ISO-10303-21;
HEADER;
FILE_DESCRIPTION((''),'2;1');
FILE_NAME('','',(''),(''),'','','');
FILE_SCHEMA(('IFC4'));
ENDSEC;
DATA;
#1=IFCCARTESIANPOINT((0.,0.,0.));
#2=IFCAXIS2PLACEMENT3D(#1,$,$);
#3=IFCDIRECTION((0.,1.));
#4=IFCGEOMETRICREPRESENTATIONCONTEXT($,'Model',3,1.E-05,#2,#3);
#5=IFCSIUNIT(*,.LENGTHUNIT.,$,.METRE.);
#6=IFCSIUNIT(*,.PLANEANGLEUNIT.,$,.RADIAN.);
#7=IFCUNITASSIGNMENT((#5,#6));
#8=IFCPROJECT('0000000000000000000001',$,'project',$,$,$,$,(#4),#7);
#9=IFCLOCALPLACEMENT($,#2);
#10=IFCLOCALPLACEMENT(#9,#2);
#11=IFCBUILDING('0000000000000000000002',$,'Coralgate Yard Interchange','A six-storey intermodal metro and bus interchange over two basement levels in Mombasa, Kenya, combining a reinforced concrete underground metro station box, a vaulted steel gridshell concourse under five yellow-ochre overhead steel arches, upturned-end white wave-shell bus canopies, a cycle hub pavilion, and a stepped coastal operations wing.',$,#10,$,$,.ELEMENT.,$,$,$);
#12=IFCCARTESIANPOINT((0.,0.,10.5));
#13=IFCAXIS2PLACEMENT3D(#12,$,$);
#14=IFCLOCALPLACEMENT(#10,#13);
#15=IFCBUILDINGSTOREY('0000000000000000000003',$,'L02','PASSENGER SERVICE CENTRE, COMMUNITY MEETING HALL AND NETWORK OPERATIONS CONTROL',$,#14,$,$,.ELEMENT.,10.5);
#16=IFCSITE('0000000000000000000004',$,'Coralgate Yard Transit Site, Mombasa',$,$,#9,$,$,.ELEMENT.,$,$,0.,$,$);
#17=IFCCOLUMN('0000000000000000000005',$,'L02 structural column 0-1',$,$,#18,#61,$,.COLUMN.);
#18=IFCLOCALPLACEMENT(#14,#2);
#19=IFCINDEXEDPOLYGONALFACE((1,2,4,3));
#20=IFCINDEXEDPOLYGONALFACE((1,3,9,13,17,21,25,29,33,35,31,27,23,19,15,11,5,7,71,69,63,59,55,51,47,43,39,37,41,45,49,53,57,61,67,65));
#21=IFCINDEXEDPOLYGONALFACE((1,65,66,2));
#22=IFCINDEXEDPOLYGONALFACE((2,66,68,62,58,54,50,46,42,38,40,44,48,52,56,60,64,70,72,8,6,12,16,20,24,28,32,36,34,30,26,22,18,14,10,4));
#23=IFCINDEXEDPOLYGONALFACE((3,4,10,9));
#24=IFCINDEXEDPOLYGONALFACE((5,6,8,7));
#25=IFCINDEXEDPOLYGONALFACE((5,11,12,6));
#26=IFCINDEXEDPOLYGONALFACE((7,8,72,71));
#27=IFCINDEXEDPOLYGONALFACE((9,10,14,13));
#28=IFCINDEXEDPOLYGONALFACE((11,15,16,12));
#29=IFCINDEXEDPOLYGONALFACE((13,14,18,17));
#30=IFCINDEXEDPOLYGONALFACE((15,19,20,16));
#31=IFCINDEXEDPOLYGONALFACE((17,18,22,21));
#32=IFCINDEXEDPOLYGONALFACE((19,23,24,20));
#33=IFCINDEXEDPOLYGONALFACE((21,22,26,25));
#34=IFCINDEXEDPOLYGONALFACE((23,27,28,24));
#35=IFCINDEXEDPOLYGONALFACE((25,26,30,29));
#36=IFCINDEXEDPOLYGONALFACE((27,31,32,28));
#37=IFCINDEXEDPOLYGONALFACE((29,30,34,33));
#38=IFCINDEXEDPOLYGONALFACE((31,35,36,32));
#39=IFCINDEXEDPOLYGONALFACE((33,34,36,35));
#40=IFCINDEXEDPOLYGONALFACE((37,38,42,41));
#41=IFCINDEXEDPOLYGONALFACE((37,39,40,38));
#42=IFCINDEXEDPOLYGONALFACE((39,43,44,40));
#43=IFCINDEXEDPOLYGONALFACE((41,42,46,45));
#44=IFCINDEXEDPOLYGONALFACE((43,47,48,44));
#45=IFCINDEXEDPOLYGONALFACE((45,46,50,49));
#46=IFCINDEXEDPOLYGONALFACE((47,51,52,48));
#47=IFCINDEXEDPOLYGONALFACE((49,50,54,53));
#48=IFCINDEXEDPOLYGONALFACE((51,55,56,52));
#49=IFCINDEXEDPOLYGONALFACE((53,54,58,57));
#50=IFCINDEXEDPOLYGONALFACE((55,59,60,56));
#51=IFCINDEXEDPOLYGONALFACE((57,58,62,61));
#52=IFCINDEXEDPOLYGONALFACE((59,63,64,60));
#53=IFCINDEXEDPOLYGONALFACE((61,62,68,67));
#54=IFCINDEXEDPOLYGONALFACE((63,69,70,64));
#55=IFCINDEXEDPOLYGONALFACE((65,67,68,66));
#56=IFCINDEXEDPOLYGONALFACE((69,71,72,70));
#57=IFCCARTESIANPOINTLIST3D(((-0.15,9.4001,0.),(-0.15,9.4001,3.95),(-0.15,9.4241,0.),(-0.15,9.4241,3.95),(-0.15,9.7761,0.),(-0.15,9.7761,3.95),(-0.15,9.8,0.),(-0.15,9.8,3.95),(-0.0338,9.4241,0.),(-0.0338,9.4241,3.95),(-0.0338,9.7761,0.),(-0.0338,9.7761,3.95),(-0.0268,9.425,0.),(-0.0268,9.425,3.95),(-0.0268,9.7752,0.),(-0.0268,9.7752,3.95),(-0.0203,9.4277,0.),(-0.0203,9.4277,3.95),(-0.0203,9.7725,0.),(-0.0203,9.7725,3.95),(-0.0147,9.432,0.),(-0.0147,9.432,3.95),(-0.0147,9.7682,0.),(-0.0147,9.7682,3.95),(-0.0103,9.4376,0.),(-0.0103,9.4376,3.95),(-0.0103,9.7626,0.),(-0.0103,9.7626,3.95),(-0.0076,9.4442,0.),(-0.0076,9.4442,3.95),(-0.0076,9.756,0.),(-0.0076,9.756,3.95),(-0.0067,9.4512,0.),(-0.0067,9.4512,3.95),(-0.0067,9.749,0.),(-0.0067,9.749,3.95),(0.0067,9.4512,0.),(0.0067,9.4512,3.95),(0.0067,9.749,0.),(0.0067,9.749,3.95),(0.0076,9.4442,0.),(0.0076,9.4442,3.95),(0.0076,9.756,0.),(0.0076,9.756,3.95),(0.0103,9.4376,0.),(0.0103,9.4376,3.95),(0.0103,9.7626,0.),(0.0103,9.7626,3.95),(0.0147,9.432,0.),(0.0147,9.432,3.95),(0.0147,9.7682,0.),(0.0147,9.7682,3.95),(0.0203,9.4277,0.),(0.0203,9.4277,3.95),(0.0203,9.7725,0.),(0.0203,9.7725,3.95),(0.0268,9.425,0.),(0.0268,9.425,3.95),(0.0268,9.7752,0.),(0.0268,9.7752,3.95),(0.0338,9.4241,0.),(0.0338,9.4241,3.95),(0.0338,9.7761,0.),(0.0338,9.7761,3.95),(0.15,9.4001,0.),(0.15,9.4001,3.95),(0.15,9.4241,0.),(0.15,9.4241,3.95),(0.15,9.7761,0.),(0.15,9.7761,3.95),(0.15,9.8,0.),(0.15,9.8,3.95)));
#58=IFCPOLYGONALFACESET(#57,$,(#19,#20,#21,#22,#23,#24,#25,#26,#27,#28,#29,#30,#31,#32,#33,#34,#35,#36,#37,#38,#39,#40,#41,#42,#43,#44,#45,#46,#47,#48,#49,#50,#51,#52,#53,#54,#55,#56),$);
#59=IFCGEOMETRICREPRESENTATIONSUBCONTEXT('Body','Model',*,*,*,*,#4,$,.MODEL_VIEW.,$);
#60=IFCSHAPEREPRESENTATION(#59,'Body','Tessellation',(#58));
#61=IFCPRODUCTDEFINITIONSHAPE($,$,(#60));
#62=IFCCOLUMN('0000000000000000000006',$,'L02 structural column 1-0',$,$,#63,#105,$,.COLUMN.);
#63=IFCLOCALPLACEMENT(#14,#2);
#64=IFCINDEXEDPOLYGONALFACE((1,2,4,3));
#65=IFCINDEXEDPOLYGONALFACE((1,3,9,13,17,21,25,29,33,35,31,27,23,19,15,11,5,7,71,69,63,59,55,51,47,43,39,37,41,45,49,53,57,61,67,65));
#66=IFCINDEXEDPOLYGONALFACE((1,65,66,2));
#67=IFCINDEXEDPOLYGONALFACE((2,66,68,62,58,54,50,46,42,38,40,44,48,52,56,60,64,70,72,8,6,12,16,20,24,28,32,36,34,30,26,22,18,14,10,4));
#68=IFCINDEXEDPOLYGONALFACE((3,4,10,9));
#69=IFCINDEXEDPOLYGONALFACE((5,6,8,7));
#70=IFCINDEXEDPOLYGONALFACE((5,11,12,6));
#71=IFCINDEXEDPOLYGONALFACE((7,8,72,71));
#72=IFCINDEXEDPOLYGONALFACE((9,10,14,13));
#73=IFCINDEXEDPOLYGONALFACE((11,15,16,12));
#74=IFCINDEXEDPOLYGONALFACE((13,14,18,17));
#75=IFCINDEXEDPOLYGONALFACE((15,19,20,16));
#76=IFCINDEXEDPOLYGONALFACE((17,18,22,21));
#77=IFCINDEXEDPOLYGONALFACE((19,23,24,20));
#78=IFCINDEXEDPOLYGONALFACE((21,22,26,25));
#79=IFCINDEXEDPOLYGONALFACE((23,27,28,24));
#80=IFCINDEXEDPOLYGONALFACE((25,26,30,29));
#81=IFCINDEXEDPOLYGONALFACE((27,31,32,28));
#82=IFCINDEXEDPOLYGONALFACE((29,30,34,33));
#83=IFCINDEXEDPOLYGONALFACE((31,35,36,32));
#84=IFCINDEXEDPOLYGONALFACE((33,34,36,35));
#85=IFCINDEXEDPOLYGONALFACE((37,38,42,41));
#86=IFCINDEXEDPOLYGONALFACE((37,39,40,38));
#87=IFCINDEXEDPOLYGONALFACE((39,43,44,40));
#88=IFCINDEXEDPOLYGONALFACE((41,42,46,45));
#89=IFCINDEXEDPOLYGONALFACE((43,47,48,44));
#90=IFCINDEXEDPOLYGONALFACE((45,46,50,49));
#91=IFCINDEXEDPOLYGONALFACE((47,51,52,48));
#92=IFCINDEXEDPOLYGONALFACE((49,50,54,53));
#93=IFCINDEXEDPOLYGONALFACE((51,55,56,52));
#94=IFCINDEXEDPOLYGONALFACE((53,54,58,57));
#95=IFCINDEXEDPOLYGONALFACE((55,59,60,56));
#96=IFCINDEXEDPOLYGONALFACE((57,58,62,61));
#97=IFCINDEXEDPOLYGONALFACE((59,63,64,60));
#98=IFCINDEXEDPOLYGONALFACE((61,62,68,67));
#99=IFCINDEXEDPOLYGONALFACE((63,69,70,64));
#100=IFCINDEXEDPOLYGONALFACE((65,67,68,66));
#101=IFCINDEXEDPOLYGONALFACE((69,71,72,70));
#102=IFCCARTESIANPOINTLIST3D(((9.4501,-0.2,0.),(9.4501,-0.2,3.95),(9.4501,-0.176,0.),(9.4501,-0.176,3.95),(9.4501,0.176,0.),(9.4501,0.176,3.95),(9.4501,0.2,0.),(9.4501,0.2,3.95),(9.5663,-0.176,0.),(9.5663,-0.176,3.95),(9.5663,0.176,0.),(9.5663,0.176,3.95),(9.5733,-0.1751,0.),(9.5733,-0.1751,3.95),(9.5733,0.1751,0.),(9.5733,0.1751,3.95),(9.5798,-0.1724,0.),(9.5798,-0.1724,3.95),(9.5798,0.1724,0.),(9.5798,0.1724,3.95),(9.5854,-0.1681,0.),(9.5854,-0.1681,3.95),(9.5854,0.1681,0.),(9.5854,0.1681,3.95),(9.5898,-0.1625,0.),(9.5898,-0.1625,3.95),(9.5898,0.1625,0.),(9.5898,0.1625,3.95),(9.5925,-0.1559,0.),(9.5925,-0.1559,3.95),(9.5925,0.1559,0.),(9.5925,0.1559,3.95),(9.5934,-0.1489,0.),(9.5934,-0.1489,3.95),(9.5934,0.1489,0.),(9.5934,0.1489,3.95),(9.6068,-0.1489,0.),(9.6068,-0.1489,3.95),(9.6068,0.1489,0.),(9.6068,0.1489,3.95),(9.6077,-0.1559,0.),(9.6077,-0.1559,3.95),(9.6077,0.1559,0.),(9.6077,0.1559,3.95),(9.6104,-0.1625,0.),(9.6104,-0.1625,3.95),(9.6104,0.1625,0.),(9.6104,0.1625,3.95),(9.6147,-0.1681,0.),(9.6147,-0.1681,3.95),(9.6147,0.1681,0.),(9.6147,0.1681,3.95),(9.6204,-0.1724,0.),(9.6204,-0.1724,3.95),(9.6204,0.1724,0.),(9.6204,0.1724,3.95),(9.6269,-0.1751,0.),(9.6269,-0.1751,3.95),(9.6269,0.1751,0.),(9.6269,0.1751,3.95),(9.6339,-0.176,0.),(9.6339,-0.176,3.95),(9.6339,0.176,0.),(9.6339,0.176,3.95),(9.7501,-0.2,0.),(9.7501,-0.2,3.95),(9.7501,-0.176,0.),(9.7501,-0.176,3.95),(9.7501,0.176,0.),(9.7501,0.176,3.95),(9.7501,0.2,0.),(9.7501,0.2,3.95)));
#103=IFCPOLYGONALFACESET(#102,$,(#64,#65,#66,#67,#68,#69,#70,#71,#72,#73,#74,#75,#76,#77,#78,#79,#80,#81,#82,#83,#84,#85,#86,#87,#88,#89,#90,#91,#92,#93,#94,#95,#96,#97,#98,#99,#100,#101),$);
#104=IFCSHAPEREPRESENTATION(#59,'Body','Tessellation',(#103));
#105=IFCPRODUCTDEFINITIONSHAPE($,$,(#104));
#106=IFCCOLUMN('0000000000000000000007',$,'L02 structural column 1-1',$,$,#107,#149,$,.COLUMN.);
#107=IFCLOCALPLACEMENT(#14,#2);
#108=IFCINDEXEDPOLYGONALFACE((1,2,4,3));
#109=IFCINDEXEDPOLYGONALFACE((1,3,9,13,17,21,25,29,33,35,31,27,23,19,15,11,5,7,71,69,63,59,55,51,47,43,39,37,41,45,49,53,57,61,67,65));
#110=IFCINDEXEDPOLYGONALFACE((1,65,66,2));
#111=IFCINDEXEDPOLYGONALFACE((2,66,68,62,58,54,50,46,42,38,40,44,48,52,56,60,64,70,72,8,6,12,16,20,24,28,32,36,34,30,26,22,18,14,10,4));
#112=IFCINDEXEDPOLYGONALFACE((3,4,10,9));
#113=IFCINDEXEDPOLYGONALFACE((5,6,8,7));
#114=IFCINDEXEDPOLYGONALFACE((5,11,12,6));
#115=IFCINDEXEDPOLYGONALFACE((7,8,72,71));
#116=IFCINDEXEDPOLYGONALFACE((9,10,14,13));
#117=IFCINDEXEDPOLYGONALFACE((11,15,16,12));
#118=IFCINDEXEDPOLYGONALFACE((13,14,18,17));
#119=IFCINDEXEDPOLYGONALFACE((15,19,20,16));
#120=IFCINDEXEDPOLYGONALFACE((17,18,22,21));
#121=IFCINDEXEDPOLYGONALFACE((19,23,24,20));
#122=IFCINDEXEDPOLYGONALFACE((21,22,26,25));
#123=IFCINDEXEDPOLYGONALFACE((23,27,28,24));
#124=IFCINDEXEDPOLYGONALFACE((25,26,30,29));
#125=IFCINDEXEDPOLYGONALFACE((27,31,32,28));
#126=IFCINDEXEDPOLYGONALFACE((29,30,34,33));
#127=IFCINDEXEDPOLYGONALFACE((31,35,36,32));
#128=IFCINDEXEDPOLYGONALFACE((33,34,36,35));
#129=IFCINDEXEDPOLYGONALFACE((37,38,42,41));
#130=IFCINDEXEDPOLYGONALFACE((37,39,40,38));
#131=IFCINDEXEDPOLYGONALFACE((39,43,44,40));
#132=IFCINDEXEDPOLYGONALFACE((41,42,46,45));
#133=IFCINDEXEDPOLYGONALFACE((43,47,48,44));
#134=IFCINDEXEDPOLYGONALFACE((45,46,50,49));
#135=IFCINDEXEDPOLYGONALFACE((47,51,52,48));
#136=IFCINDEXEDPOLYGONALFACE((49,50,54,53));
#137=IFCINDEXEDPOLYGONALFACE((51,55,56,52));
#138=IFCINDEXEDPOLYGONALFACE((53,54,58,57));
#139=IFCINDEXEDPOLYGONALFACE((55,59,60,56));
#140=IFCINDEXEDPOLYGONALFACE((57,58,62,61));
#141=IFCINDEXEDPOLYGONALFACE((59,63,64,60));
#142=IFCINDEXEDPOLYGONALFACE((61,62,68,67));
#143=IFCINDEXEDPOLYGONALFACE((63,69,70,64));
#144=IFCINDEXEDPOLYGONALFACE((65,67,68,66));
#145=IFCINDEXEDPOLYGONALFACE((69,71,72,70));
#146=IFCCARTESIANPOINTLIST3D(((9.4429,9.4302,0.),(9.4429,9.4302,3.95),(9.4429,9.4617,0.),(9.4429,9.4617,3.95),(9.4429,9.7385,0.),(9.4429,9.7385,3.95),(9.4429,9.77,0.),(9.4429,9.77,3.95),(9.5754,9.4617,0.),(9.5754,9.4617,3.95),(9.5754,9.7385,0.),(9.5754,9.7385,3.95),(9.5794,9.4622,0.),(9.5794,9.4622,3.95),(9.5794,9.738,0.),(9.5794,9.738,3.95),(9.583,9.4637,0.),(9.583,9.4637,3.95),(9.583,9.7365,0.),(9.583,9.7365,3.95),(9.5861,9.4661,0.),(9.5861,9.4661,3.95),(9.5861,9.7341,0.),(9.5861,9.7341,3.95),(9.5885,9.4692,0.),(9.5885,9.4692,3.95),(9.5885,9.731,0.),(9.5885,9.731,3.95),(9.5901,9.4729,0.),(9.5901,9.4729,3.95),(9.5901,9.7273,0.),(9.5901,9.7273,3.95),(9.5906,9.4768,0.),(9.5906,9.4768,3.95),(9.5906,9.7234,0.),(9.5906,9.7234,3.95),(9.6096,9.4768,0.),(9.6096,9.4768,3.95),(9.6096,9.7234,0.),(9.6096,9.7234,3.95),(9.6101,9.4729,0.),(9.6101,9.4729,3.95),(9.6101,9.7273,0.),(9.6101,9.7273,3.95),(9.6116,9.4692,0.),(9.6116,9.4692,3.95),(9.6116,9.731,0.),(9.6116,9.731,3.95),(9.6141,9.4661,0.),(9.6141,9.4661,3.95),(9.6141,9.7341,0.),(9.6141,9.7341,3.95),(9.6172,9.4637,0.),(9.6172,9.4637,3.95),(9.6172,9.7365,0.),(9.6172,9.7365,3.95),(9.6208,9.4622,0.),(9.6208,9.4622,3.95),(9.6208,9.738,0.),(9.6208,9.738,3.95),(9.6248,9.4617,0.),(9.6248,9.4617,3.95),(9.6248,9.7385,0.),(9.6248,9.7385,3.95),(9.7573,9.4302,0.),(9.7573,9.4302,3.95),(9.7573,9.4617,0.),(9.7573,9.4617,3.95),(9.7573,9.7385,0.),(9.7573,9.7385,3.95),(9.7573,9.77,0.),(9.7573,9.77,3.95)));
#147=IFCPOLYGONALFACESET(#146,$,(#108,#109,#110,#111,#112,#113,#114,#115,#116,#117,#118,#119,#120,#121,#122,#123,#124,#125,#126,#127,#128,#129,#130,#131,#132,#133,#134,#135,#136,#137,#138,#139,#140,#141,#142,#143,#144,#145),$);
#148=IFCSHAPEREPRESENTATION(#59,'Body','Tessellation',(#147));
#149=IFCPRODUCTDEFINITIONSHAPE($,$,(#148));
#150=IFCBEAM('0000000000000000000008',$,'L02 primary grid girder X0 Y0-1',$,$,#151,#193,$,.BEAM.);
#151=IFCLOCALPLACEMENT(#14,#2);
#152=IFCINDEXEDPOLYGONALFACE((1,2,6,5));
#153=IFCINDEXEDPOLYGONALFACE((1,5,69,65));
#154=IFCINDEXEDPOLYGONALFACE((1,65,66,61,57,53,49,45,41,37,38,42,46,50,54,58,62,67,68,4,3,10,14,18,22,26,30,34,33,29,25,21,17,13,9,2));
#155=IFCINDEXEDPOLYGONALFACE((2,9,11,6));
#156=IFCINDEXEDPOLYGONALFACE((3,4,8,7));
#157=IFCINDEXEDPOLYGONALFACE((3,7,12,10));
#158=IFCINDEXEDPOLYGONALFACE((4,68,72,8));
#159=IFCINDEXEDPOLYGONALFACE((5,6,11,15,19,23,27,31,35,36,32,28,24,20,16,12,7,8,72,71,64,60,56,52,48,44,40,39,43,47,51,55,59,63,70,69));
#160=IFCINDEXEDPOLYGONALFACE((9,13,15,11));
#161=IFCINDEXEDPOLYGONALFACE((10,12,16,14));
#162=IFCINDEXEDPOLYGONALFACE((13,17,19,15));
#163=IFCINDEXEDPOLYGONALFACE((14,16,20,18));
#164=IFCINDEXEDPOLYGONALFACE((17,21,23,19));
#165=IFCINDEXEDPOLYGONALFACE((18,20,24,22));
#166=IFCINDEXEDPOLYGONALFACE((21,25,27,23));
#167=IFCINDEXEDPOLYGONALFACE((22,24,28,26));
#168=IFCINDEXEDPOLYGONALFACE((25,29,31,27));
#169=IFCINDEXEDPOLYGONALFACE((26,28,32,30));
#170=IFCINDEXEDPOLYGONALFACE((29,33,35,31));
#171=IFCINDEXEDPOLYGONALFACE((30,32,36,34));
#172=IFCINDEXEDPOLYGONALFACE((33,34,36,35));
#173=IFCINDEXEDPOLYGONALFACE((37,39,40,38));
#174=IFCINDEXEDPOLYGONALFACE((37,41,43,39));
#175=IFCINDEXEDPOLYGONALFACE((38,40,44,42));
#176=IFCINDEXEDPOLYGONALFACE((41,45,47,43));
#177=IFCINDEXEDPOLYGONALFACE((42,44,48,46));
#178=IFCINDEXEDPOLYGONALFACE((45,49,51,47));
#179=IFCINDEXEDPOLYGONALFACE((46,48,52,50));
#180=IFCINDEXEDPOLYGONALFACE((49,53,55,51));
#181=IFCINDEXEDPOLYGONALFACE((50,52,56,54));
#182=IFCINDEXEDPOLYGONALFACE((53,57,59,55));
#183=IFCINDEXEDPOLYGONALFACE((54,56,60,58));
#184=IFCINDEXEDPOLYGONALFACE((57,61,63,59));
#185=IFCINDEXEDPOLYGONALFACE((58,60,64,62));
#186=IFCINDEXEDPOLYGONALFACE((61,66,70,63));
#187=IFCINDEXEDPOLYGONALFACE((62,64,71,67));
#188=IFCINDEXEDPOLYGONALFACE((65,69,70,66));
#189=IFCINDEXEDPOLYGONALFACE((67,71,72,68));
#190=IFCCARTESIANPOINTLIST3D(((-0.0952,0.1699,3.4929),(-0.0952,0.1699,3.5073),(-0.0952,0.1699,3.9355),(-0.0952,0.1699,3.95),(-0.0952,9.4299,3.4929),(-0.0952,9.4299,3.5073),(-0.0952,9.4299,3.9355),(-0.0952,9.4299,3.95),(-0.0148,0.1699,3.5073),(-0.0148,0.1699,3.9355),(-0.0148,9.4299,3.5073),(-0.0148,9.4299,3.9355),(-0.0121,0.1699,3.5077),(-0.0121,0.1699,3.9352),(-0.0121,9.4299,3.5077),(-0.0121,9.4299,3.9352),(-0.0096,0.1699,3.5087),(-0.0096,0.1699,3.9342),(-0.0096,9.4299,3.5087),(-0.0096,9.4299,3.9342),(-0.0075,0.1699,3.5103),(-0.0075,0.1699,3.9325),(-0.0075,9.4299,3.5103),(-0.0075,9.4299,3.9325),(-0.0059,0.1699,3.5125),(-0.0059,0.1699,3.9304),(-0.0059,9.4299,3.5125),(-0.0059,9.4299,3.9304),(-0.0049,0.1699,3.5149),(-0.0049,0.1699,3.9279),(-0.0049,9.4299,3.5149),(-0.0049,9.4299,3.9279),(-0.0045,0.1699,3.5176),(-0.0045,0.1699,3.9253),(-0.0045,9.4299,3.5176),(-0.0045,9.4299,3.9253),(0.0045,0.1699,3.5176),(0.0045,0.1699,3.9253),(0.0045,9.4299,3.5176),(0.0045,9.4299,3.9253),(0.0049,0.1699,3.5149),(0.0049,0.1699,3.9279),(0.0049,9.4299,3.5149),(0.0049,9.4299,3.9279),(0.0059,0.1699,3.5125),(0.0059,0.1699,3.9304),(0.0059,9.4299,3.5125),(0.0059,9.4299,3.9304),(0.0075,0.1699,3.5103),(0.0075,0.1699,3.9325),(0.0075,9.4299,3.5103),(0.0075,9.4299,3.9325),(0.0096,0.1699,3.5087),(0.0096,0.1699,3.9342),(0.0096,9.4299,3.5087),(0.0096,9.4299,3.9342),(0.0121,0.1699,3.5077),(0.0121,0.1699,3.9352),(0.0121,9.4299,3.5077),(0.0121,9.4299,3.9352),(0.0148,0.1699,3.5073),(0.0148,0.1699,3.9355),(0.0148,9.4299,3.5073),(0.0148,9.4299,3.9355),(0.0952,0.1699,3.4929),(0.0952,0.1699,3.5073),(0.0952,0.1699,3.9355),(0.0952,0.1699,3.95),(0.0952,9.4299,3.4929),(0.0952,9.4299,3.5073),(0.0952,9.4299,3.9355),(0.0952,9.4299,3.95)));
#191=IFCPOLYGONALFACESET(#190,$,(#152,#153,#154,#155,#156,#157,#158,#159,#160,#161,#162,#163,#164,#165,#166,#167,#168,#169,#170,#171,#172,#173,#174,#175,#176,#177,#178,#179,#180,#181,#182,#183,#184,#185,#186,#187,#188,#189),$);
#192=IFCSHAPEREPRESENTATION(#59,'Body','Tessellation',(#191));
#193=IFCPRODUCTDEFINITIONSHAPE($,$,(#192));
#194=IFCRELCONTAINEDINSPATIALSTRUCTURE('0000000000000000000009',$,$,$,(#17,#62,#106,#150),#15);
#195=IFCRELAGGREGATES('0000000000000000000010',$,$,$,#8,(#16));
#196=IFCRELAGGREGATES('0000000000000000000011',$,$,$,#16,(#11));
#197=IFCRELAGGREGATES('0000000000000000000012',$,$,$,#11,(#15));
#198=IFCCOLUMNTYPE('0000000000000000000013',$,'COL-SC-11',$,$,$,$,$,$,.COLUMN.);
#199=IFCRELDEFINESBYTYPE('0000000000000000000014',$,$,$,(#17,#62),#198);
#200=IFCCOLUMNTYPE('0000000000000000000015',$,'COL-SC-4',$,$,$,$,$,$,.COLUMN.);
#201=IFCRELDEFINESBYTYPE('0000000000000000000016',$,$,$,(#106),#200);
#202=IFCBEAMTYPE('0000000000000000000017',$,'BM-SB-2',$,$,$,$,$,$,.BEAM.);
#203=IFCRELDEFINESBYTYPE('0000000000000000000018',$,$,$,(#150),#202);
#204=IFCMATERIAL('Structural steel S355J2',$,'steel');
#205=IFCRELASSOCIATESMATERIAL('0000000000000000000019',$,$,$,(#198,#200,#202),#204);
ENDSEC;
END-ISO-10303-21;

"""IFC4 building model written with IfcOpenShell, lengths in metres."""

from ifc_helpers import new_model, si_unit, direction, frame, origin, origin_2d, place, context, subcontext, project, spatial, i_section, extrude, material, material_profile, profile_set, type_object, element, save


model = new_model("IFC4")

# Units and contexts
model_context = context("Model", 3, precision=1e-05, world=origin(), true_north=direction((0.0, 1.0)))
body_context = subcontext(model_context, "Body", "Model", "MODEL_VIEW")
ifc_project = project(units=[si_unit("LENGTHUNIT", "METRE"), si_unit("PLANEANGLEUNIT", "RADIAN")], contexts=[model_context])

# Site, building, storey
site_placement = place(None, origin())
site = spatial("IfcSite", under=ifc_project, at=site_placement, Name="Coralgate Yard Transit Site, Mombasa", CompositionType="ELEMENT", RefElevation=0.0)
building_placement = place(site_placement, origin())
building = spatial("IfcBuilding", under=site, at=building_placement, Name="Coralgate Yard Interchange", Description="A six-storey intermodal metro and bus interchange over two basement levels in Mombasa, Kenya, combining a reinforced concrete underground metro station box, a vaulted steel gridshell concourse under five yellow-ochre overhead steel arches, upturned-end white wave-shell bus canopies, a cycle hub pavilion, and a stepped coastal operations wing.", CompositionType="ELEMENT")
storey_placement = place(building_placement, frame((0.0, 0.0, 10.5)))
storey = spatial("IfcBuildingStorey", under=building, at=storey_placement, Name="L02", Description="PASSENGER SERVICE CENTRE, COMMUNITY MEETING HALL AND NETWORK OPERATIONS CONTROL", CompositionType="ELEMENT", Elevation=10.5)

# Columns
ifc_material_1 = material(Name="Structural steel S355J2", Category="steel")
ifc_material_profile_1 = material_profile(ifc_material_1, i_section(OverallWidth=0.3, OverallDepth=0.3999, WebThickness=0.0134, FlangeThickness=0.0239, FilletRadius=0.0271, at=origin_2d()), Name="HEB 400")
ifc_profile_set_1 = profile_set([ifc_material_profile_1], Name="Structural steel S355J2")
column_type_1 = type_object("IfcColumnType", Name="COL-SC-11", PredefinedType="COLUMN", material=ifc_profile_set_1)
for number, where, z_axis, x_axis, name in (
    (1, (0.0, 9.6001, 0.0), (0.0, 0.0, 1.0), (1.0, 0.0, 0.0), "L02 structural column 0-1"),
    (2, (9.6001, 0.0, 0.0), (0.0, 0.0, 1.0), (1.0, 0.0, 0.0), "L02 structural column 1-0"),
):
    element("IfcColumn", number, at=place(storey_placement, frame(where, z_axis=z_axis, x_axis=x_axis)), inside=storey, type_object=column_type_1, Name=name, PredefinedType="COLUMN", context=body_context, shape_type="SweptSolid", body=[
        extrude(i_section(OverallWidth=0.3, OverallDepth=0.3999, WebThickness=0.0134, FlangeThickness=0.0239, FilletRadius=0.0271, at=origin_2d()), origin(), (0.0, 0.0, 1.0), 3.95),
    ])
ifc_material_profile_2 = material_profile(ifc_material_1, i_section(OverallWidth=0.3145, OverallDepth=0.3398, WebThickness=0.019, FlangeThickness=0.0315, FilletRadius=0.0151, at=origin_2d()), Name="UC 305x305x198")
ifc_profile_set_2 = profile_set([ifc_material_profile_2], Name="Structural steel S355J2")
column_type_2 = type_object("IfcColumnType", Name="COL-SC-4", PredefinedType="COLUMN", material=ifc_profile_set_2)
column_placement = place(storey_placement, frame((9.6001, 9.6001, 0.0), z_axis=(0.0, 0.0, 1.0), x_axis=(1.0, 0.0, 0.0)))
element("IfcColumn", 3, at=column_placement, inside=storey, type_object=column_type_2, Name="L02 structural column 1-1", PredefinedType="COLUMN", context=body_context, shape_type="SweptSolid", body=[
    extrude(i_section(OverallWidth=0.3145, OverallDepth=0.3398, WebThickness=0.019, FlangeThickness=0.0315, FilletRadius=0.0151, at=origin_2d()), origin(), (0.0, 0.0, 1.0), 3.95),
])

# Beam
ifc_material_profile_3 = material_profile(ifc_material_1, i_section(OverallWidth=0.1904, OverallDepth=0.457, WebThickness=0.009, FlangeThickness=0.0144, FilletRadius=0.0103, at=origin_2d()), Name="UB 457x191x74")
ifc_profile_set_3 = profile_set([ifc_material_profile_3], Name="Structural steel S355J2")
beam_type_1 = type_object("IfcBeamType", Name="BM-SB-2", PredefinedType="BEAM", material=ifc_profile_set_3)
for number, where, z_axis, x_axis, name in (
    (4, (0.0, 0.1699, 3.7214), (0.0, 1.0, 0.0), (-1.0, 0.0, 0.0), "L02 primary grid girder X0 Y0-1"),
):
    element("IfcBeam", number, at=place(storey_placement, frame(where, z_axis=z_axis, x_axis=x_axis)), inside=storey, type_object=beam_type_1, Name=name, PredefinedType="BEAM", context=body_context, shape_type="SweptSolid", body=[
        extrude(i_section(OverallWidth=0.1904, OverallDepth=0.457, WebThickness=0.009, FlangeThickness=0.0144, FilletRadius=0.0103, at=origin_2d()), origin(), (0.0, 0.0, 1.0), 9.26),
    ])

save(model, "model.ifc")
